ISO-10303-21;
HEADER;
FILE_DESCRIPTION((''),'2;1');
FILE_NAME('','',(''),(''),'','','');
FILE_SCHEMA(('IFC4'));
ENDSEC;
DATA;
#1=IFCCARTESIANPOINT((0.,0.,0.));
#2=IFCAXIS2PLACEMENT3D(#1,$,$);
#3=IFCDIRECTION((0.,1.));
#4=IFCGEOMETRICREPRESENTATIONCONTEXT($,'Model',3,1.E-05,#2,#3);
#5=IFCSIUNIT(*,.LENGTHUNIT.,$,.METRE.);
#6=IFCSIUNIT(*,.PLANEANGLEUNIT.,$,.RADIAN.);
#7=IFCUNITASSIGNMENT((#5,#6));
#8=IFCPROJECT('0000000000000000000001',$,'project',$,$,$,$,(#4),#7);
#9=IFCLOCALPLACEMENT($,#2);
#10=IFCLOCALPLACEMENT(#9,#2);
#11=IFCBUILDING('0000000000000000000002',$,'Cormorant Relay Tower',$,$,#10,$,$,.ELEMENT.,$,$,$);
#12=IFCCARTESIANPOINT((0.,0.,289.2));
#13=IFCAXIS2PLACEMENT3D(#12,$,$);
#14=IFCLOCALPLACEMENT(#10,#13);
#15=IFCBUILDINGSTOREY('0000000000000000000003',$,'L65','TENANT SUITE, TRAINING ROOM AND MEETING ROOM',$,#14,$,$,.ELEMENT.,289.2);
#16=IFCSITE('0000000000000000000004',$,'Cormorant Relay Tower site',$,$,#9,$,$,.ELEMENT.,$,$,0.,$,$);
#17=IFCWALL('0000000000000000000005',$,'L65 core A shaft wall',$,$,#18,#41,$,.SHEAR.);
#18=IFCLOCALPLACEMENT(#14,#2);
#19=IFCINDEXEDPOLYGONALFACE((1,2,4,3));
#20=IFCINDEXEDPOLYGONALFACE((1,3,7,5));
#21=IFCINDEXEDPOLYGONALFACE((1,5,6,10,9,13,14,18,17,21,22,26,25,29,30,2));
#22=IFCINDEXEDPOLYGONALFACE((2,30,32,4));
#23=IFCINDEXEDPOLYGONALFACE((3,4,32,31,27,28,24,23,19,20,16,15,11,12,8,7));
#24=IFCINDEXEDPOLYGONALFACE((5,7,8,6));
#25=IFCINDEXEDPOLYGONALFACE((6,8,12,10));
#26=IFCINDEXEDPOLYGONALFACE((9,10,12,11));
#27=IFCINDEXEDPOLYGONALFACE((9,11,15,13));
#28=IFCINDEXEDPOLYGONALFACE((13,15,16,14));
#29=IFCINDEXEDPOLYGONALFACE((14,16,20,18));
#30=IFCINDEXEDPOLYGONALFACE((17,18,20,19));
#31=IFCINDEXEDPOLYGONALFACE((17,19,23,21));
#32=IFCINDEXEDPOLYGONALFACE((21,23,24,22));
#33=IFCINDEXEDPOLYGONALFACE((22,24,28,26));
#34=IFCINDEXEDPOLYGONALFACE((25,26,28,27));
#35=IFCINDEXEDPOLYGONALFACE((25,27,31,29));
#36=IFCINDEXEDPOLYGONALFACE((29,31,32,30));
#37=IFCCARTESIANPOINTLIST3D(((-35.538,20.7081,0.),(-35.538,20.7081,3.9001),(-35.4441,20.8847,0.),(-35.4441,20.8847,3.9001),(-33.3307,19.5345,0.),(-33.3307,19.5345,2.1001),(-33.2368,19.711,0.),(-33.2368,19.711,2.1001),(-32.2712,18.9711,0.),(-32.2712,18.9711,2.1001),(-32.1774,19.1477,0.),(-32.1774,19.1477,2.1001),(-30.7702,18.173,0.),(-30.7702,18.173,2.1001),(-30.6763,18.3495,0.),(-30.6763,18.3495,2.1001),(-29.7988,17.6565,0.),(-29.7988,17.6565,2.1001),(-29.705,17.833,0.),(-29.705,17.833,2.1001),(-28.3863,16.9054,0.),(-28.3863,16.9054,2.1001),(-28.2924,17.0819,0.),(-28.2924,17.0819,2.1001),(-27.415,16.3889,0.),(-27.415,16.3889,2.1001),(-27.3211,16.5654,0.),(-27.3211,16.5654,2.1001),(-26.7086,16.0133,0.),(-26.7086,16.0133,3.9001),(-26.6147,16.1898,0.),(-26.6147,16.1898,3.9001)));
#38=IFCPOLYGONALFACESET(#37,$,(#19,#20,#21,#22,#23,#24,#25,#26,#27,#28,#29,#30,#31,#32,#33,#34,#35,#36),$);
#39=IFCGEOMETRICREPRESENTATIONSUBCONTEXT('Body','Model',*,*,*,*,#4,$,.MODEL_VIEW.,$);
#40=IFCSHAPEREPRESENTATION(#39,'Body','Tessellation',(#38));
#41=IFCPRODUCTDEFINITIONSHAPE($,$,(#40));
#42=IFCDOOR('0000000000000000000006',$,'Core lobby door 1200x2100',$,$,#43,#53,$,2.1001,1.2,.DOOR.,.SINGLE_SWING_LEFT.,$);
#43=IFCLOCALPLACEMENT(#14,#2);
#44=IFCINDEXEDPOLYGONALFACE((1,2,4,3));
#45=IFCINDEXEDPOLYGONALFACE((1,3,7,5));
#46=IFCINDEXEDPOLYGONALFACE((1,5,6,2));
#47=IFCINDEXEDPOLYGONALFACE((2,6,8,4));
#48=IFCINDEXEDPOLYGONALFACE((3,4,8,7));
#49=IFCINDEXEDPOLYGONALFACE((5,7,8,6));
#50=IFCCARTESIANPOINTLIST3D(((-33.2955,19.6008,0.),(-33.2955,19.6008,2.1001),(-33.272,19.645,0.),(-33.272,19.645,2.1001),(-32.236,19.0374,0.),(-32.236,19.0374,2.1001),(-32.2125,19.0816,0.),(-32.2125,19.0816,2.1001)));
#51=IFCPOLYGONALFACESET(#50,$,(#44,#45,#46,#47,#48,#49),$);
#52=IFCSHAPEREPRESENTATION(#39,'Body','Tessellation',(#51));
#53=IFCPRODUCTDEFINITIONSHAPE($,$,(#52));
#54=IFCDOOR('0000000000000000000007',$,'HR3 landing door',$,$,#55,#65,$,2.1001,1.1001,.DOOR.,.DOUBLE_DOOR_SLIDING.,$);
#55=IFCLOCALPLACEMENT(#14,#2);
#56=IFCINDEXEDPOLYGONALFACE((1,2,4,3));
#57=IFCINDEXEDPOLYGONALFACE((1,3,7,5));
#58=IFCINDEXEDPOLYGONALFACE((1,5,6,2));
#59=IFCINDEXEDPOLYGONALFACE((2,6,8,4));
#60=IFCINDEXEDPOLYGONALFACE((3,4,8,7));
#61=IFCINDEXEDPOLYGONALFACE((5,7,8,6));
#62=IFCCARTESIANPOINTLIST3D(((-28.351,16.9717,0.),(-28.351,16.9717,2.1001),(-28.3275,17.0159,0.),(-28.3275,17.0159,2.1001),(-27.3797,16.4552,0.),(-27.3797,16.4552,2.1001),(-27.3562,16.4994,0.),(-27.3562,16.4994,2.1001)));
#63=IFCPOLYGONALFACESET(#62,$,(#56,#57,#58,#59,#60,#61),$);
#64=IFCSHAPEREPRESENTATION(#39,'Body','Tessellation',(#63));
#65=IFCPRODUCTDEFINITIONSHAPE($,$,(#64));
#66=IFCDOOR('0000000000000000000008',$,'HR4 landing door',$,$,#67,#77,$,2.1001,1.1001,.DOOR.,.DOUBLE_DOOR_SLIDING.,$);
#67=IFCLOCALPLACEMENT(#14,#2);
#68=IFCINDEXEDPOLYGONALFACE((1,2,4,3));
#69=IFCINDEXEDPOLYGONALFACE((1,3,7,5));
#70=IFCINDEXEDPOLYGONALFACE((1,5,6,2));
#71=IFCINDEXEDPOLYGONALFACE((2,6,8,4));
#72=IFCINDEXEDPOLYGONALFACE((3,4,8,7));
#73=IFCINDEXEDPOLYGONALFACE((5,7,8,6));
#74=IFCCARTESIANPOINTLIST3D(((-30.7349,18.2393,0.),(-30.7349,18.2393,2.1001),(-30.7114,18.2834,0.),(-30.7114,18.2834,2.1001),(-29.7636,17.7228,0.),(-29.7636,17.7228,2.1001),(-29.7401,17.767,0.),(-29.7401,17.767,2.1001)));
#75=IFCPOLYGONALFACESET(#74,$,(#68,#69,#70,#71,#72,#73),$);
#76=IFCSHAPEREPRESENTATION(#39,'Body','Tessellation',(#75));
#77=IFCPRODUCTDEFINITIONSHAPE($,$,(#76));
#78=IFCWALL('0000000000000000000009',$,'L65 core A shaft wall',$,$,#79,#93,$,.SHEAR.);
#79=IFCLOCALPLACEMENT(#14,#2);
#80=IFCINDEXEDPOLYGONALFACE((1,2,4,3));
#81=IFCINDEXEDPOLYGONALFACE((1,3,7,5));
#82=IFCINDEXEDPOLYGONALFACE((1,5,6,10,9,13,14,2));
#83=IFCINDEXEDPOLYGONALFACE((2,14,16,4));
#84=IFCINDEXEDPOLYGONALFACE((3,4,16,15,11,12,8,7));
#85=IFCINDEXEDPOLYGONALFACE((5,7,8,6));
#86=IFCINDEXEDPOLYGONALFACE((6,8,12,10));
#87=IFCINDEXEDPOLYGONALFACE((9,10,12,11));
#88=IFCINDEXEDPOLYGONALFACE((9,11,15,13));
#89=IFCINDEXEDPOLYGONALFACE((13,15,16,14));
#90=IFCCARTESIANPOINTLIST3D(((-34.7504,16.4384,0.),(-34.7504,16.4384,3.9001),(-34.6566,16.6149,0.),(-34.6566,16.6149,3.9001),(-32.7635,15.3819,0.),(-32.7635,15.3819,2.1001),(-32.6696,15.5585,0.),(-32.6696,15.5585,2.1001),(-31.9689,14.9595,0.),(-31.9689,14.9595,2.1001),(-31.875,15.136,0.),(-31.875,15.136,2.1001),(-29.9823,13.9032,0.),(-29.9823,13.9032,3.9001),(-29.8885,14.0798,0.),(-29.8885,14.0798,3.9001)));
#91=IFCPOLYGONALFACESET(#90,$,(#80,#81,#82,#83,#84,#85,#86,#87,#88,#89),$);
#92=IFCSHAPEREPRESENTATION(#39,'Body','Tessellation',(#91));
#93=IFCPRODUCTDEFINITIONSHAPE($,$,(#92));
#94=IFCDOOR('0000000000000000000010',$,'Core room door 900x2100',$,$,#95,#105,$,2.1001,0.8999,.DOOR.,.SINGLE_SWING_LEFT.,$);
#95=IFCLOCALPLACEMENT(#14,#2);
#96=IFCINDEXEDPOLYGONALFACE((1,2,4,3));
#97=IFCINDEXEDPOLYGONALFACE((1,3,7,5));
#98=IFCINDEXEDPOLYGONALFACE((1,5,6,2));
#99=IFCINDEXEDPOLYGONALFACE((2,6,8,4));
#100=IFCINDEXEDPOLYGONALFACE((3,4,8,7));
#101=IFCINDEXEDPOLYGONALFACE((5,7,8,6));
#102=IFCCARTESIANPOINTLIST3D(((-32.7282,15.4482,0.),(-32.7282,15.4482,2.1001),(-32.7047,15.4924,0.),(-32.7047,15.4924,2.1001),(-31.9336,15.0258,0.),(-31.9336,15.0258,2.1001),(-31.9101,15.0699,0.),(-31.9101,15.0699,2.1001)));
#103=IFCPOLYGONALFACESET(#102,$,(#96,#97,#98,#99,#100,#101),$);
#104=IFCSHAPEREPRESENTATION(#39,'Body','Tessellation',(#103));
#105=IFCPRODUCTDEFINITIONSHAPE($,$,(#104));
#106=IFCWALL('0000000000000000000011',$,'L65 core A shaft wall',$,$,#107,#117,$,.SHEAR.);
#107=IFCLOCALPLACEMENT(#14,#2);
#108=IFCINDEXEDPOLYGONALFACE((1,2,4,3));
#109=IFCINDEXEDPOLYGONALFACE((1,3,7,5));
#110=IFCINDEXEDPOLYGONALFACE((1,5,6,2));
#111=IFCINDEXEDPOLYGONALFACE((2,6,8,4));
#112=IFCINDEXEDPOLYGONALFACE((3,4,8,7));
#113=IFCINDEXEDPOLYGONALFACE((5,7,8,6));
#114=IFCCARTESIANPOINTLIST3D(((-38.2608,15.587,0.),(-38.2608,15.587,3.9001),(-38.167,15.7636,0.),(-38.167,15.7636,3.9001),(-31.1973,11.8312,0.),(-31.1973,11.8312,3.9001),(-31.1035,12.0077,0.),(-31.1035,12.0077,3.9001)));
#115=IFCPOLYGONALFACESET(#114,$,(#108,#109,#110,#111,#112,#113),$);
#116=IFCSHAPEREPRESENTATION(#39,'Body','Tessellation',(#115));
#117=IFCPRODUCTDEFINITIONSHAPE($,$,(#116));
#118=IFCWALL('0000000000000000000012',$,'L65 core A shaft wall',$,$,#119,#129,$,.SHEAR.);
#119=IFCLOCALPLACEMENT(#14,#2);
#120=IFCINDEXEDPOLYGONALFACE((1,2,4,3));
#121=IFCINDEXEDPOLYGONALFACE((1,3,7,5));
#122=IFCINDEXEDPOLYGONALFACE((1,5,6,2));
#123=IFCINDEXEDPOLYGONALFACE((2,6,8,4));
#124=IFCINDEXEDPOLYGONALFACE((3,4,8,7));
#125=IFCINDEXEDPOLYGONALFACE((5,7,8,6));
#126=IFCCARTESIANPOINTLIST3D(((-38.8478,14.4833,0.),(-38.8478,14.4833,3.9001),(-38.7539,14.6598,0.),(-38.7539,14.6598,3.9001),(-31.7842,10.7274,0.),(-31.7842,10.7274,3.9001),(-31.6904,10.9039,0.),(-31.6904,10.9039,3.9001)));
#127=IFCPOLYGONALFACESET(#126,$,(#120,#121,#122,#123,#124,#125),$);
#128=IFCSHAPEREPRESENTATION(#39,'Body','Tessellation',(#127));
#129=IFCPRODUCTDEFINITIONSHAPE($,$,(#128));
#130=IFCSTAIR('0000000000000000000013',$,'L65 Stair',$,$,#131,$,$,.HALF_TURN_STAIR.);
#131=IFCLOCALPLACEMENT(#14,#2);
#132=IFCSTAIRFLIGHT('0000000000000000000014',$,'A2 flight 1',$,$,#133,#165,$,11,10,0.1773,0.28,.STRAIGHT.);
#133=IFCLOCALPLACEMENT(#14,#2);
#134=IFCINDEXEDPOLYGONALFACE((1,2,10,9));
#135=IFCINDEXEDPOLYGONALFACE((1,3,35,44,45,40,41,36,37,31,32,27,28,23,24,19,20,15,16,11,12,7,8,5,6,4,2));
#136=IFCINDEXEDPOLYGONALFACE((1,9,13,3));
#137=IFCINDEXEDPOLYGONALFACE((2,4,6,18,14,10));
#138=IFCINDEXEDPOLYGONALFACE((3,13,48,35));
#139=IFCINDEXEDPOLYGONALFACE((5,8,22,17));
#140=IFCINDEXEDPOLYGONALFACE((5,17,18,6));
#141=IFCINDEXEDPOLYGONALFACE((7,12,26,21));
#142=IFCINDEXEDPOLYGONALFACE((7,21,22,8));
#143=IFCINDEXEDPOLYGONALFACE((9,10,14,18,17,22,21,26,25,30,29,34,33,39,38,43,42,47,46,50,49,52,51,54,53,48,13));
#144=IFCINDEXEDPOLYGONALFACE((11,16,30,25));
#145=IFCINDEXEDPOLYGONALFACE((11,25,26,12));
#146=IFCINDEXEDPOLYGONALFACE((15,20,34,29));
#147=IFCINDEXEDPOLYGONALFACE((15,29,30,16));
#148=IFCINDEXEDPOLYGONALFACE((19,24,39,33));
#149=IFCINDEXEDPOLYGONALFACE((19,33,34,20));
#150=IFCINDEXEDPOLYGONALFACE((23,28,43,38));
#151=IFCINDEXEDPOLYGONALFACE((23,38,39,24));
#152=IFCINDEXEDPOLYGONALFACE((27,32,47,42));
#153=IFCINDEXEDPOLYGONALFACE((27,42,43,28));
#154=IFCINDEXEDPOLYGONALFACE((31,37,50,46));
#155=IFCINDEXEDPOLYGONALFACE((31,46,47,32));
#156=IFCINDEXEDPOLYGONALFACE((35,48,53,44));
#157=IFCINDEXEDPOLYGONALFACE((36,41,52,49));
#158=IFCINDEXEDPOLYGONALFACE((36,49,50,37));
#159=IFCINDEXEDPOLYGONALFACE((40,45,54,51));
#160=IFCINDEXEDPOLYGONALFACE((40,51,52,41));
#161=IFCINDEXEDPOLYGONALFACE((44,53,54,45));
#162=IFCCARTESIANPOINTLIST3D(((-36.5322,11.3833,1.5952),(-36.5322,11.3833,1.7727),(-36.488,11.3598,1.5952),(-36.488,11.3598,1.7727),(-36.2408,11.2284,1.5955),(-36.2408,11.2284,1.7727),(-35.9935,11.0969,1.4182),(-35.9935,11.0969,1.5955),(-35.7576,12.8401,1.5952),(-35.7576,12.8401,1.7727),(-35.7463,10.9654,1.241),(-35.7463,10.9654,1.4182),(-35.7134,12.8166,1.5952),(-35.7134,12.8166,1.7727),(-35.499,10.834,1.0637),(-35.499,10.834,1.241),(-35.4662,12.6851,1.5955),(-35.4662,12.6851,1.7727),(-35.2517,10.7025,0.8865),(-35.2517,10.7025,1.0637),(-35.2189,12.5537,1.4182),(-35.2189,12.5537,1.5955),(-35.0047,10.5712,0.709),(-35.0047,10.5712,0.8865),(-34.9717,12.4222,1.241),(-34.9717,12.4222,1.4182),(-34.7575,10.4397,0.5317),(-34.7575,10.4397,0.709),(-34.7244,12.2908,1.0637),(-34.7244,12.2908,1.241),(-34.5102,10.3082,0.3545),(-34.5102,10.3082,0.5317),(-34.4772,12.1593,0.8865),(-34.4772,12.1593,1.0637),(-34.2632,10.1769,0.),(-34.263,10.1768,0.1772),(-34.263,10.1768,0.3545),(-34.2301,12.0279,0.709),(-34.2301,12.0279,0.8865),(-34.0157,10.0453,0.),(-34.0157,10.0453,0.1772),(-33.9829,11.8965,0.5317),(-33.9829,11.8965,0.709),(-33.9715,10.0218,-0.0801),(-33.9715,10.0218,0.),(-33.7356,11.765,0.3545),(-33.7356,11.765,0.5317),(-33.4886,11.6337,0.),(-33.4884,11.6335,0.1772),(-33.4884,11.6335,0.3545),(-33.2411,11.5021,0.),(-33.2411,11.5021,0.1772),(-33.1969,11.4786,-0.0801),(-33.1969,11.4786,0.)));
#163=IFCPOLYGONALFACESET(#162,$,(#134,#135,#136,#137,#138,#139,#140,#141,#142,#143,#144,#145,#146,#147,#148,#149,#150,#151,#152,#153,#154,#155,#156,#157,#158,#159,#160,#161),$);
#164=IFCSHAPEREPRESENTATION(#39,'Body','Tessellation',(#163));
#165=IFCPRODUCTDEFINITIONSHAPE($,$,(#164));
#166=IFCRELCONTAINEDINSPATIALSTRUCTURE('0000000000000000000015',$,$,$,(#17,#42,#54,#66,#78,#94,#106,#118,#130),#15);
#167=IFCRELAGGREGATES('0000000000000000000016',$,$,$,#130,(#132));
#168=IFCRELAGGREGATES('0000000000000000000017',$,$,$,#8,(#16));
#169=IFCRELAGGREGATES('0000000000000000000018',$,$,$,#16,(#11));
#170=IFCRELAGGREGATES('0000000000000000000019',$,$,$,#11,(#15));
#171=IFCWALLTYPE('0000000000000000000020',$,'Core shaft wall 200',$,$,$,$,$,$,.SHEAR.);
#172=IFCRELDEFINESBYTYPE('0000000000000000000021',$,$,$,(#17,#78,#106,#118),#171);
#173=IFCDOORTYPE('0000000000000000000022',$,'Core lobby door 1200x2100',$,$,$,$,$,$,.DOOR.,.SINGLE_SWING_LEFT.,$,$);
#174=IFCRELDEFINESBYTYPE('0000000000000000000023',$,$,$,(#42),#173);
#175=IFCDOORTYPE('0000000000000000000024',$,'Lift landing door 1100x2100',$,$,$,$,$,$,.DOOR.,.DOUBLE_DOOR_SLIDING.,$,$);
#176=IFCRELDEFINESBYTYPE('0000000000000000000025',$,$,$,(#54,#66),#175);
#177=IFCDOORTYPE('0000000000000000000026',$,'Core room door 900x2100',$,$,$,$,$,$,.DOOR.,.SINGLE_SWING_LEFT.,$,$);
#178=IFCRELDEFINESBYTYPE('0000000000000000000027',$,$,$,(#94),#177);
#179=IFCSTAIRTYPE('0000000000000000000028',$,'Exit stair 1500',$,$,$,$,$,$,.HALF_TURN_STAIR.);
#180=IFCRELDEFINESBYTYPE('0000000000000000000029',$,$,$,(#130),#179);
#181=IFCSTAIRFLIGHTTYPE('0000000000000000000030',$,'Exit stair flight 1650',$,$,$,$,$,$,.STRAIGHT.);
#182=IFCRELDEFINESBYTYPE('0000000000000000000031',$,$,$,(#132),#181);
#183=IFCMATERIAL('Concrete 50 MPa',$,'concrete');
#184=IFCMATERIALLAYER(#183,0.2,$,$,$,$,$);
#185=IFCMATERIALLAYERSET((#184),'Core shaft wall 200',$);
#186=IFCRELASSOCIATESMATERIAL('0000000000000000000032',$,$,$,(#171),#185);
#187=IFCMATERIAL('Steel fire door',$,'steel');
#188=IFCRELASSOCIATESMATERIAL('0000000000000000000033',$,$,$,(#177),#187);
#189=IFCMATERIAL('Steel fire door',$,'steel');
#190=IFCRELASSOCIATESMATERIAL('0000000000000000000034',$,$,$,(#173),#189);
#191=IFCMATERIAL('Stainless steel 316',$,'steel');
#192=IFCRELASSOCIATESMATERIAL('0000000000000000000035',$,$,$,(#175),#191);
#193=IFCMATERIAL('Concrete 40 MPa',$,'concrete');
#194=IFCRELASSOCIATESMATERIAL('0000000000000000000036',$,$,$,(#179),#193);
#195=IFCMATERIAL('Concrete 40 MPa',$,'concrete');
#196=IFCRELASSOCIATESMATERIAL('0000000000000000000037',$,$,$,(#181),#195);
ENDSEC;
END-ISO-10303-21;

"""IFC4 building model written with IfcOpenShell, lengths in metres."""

from ifc_helpers import new_model, si_unit, direction, frame, frame_2d, origin, place, context, subcontext, project, spatial, polyline, rectangle, outline, extrude, material, layer, layer_set, type_object, element, fill, aggregate, save


model = new_model("IFC4")

# Units and contexts
model_context = context("Model", 3, precision=1e-05, world=origin(), true_north=direction((0.0, 1.0)))
body_context = subcontext(model_context, "Body", "Model", "MODEL_VIEW")
ifc_project = project(units=[si_unit("LENGTHUNIT", "METRE"), si_unit("PLANEANGLEUNIT", "RADIAN")], contexts=[model_context])

# Site, building, storey
site_placement = place(None, origin())
site = spatial("IfcSite", under=ifc_project, at=site_placement, Name="Cormorant Relay Tower site", CompositionType="ELEMENT", RefElevation=0.0)
building_placement = place(site_placement, origin())
building = spatial("IfcBuilding", under=site, at=building_placement, Name="Cormorant Relay Tower", CompositionType="ELEMENT")
storey_placement = place(building_placement, frame((0.0, 0.0, 289.2)))
storey = spatial("IfcBuildingStorey", under=building, at=storey_placement, Name="L65", Description="TENANT SUITE, TRAINING ROOM AND MEETING ROOM", CompositionType="ELEMENT", Elevation=289.2)

# Shared definitions
ifc_material_1 = material(Name="Concrete 50 MPa", Category="concrete")
ifc_layer_1 = layer(ifc_material_1, 0.2)
ifc_layer_set_1 = layer_set([ifc_layer_1], Name="Core shaft wall 200")
wall_type_1 = type_object("IfcWallType", Name="Core shaft wall 200", PredefinedType="SHEAR", material=ifc_layer_set_1)
ifc_material_2 = material(Name="Steel fire door", Category="steel")
door_type_1 = type_object("IfcDoorType", Name="Core room door 900x2100", OperationType="SINGLE_SWING_LEFT", PredefinedType="DOOR", material=ifc_material_2)

# Wall, openings, doors
wall_1_placement = place(storey_placement, frame((-26.6616, 16.1016, 0.0), z_axis=(0.0, 0.0, 1.0), x_axis=(-0.88294, 0.469485, 0.0)))
wall_1 = element("IfcWall", 1, at=wall_1_placement, inside=storey, type_object=wall_type_1, Name="L65 core A shaft wall", PredefinedType="SHEAR", context=body_context, shape_type="SweptSolid", body=[
    extrude(rectangle(XDim=10.0, YDim=0.2, at=frame_2d((5.0, 0.0))), origin(), (0.0, 0.0, 1.0), 3.9001),
])
opening_1_placement = place(wall_1_placement, frame((6.3, 0.0, 0.0)))
opening_1 = element("IfcOpeningElement", 2, at=opening_1_placement, cuts=wall_1, PredefinedType="OPENING", context=body_context, shape_type="SweptSolid", body=[
    extrude(rectangle(XDim=1.2, YDim=2.1001, at=frame_2d((0.6001, 1.05))), frame((0.0, 0.1099, 0.0), z_axis=(0.0, -1.0, 0.0), x_axis=(1.0, 0.0, 0.0)), (0.0, 0.0, 1.0), 0.22),
])
opening_2_placement = place(wall_1_placement, frame((0.8, 0.0, 0.0)))
opening_2 = element("IfcOpeningElement", 3, at=opening_2_placement, cuts=wall_1, PredefinedType="OPENING", context=body_context, shape_type="SweptSolid", body=[
    extrude(rectangle(XDim=1.1001, YDim=2.1001, at=frame_2d((0.55, 1.05))), frame((0.0, 0.1099, 0.0), z_axis=(0.0, -1.0, 0.0), x_axis=(1.0, 0.0, 0.0)), (0.0, 0.0, 1.0), 0.22),
])
opening_3_placement = place(wall_1_placement, frame((3.5, 0.0, 0.0)))
opening_3 = element("IfcOpeningElement", 4, at=opening_3_placement, cuts=wall_1, PredefinedType="OPENING", context=body_context, shape_type="SweptSolid", body=[
    extrude(rectangle(XDim=1.1001, YDim=2.1001, at=frame_2d((0.55, 1.05))), frame((0.0, 0.1099, 0.0), z_axis=(0.0, -1.0, 0.0), x_axis=(1.0, 0.0, 0.0)), (0.0, 0.0, 1.0), 0.22),
])
ifc_material_3 = material(Name="Steel fire door", Category="steel")
door_type_2 = type_object("IfcDoorType", Name="Core lobby door 1200x2100", OperationType="SINGLE_SWING_LEFT", PredefinedType="DOOR", material=ifc_material_3)
door_1_placement = place(opening_1_placement, origin())
door_1 = element("IfcDoor", 5, at=door_1_placement, inside=storey, type_object=door_type_2, Name="Core lobby door 1200x2100", OperationType="SINGLE_SWING_LEFT", OverallHeight=2.1001, OverallWidth=1.2, PredefinedType="DOOR", context=body_context, shape_type="SweptSolid", body=[
    extrude(rectangle(XDim=1.2, YDim=2.1001, at=frame_2d((0.6001, 1.05))), frame((0.0, 0.0249, 0.0), z_axis=(0.0, -1.0, 0.0), x_axis=(1.0, 0.0, 0.0)), (0.0, 0.0, 1.0), 0.05),
])
fill(opening_1, door_1)
ifc_material_4 = material(Name="Stainless steel 316", Category="steel")
door_type_3 = type_object("IfcDoorType", Name="Lift landing door 1100x2100", OperationType="DOUBLE_DOOR_SLIDING", PredefinedType="DOOR", material=ifc_material_4)
door_2_placement = place(opening_2_placement, origin())
door_2 = element("IfcDoor", 6, at=door_2_placement, inside=storey, type_object=door_type_3, Name="HR3 landing door", OperationType="DOUBLE_DOOR_SLIDING", OverallHeight=2.1001, OverallWidth=1.1001, PredefinedType="DOOR", context=body_context, shape_type="SweptSolid", body=[
    extrude(rectangle(XDim=1.1001, YDim=2.1001, at=frame_2d((0.55, 1.05))), frame((0.0, 0.0249, 0.0), z_axis=(0.0, -1.0, 0.0), x_axis=(1.0, 0.0, 0.0)), (0.0, 0.0, 1.0), 0.05),
])
fill(opening_2, door_2)
door_3_placement = place(opening_3_placement, origin())
door_3 = element("IfcDoor", 7, at=door_3_placement, inside=storey, type_object=door_type_3, Name="HR4 landing door", OperationType="DOUBLE_DOOR_SLIDING", OverallHeight=2.1001, OverallWidth=1.1001, PredefinedType="DOOR", context=body_context, shape_type="SweptSolid", body=[
    extrude(rectangle(XDim=1.1001, YDim=2.1001, at=frame_2d((0.55, 1.05))), frame((0.0, 0.0249, 0.0), z_axis=(0.0, -1.0, 0.0), x_axis=(1.0, 0.0, 0.0)), (0.0, 0.0, 1.0), 0.05),
])
fill(opening_3, door_3)

# Wall, opening, door
wall_2_placement = place(storey_placement, frame((-29.9353, 13.9915, 0.0), z_axis=(0.0, 0.0, 1.0), x_axis=(-0.882953, 0.469462, 0.0)))
wall_2 = element("IfcWall", 8, at=wall_2_placement, inside=storey, type_object=wall_type_1, Name="L65 core A shaft wall", PredefinedType="SHEAR", context=body_context, shape_type="SweptSolid", body=[
    extrude(rectangle(XDim=5.4001, YDim=0.2, at=frame_2d((2.7002, 0.0))), origin(), (0.0, 0.0, 1.0), 3.9001),
])
opening_4_placement = place(wall_2_placement, frame((2.25, 0.0, 0.0)))
opening_4 = element("IfcOpeningElement", 9, at=opening_4_placement, cuts=wall_2, PredefinedType="OPENING", context=body_context, shape_type="SweptSolid", body=[
    extrude(rectangle(XDim=0.8999, YDim=2.1001, at=frame_2d((0.45, 1.05))), frame((0.0, 0.1099, 0.0), z_axis=(0.0, -1.0, 0.0), x_axis=(1.0, 0.0, 0.0)), (0.0, 0.0, 1.0), 0.22),
])
door_4_placement = place(opening_4_placement, origin())
door_4 = element("IfcDoor", 10, at=door_4_placement, inside=storey, type_object=door_type_1, Name="Core room door 900x2100", OperationType="SINGLE_SWING_LEFT", OverallHeight=2.1001, OverallWidth=0.8999, PredefinedType="DOOR", context=body_context, shape_type="SweptSolid", body=[
    extrude(rectangle(XDim=0.8999, YDim=2.1001, at=frame_2d((0.45, 1.05))), frame((0.0, 0.0249, 0.0), z_axis=(0.0, -1.0, 0.0), x_axis=(1.0, 0.0, 0.0)), (0.0, 0.0, 1.0), 0.05),
])
fill(opening_4, door_4)

# Walls
for number, where, z_axis, x_axis, name in (
    (11, (-31.1504, 11.9194, 0.0), (0.0, 0.0, 1.0), (-0.88294, 0.469485, 0.0), "L65 core A shaft wall"),
    (12, (-31.7373, 10.8157, 0.0), (0.0, 0.0, 1.0), (-0.88294, 0.469485, 0.0), "L65 core A shaft wall"),
):
    element("IfcWall", number, at=place(storey_placement, frame(where, z_axis=z_axis, x_axis=x_axis)), inside=storey, type_object=wall_type_1, Name=name, PredefinedType="SHEAR", context=body_context, shape_type="SweptSolid", body=[
        extrude(rectangle(XDim=8.0, YDim=0.2, at=frame_2d((4.0, 0.0))), origin(), (0.0, 0.0, 1.0), 3.9001),
    ])

# Stair, stair flight
ifc_material_5 = material(Name="Concrete 40 MPa", Category="concrete")
stair_type = type_object("IfcStairType", Name="Exit stair 1500", PredefinedType="HALF_TURN_STAIR", material=ifc_material_5)
stair_placement = place(storey_placement, origin())
stair = element("IfcStair", 13, at=stair_placement, inside=storey, type_object=stair_type, Name="L65 Stair", PredefinedType="HALF_TURN_STAIR")
ifc_material_6 = material(Name="Concrete 40 MPa", Category="concrete")
stair_flight_type = type_object("IfcStairFlightType", Name="Exit stair flight 1650", PredefinedType="STRAIGHT", material=ifc_material_6)
stair_flight_placement = place(storey_placement, frame((-33.6284, 10.7737, 0.0), z_axis=(0.0, 0.0, 1.0), x_axis=(-0.882948, 0.469472, 0.0)))
stair_flight = element("IfcStairFlight", 14, at=stair_flight_placement, type_object=stair_flight_type, Name="A2 flight 1", NumberOfRisers=11, NumberOfTreads=10, PredefinedType="STRAIGHT", RiserHeight=0.1773, TreadLength=0.28, context=body_context, shape_type="SweptSolid", body=[
    extrude(outline(polyline([(-0.05, -0.0801), (-0.05, 0.0), (0.0, 0.0), (0.0, 0.1772), (0.28, 0.1772), (0.28, 0.3545), (0.5601, 0.3545), (0.5601, 0.5317), (0.8401, 0.5317), (0.8401, 0.709), (1.1201, 0.709), (1.1201, 0.8865), (1.3999, 0.8865), (1.3999, 1.0637), (1.6799, 1.0637), (1.6799, 1.241), (1.96, 1.241), (1.96, 1.4182), (2.24, 1.4182), (2.24, 1.5955), (2.52, 1.5955), (2.52, 1.7727), (2.8, 1.7727), (2.8501, 1.7727), (2.8501, 1.5952), (2.8, 1.5952), (0.2803, 0.0), (-0.05, -0.0801)])), frame((0.0, 0.825, 0.0), z_axis=(0.0, -1.0, 0.0), x_axis=(1.0, 0.0, 0.0)), (0.0, 0.0, 1.0), 1.6499),
])
aggregate(stair, [stair_flight])

save(model, "model.ifc")
